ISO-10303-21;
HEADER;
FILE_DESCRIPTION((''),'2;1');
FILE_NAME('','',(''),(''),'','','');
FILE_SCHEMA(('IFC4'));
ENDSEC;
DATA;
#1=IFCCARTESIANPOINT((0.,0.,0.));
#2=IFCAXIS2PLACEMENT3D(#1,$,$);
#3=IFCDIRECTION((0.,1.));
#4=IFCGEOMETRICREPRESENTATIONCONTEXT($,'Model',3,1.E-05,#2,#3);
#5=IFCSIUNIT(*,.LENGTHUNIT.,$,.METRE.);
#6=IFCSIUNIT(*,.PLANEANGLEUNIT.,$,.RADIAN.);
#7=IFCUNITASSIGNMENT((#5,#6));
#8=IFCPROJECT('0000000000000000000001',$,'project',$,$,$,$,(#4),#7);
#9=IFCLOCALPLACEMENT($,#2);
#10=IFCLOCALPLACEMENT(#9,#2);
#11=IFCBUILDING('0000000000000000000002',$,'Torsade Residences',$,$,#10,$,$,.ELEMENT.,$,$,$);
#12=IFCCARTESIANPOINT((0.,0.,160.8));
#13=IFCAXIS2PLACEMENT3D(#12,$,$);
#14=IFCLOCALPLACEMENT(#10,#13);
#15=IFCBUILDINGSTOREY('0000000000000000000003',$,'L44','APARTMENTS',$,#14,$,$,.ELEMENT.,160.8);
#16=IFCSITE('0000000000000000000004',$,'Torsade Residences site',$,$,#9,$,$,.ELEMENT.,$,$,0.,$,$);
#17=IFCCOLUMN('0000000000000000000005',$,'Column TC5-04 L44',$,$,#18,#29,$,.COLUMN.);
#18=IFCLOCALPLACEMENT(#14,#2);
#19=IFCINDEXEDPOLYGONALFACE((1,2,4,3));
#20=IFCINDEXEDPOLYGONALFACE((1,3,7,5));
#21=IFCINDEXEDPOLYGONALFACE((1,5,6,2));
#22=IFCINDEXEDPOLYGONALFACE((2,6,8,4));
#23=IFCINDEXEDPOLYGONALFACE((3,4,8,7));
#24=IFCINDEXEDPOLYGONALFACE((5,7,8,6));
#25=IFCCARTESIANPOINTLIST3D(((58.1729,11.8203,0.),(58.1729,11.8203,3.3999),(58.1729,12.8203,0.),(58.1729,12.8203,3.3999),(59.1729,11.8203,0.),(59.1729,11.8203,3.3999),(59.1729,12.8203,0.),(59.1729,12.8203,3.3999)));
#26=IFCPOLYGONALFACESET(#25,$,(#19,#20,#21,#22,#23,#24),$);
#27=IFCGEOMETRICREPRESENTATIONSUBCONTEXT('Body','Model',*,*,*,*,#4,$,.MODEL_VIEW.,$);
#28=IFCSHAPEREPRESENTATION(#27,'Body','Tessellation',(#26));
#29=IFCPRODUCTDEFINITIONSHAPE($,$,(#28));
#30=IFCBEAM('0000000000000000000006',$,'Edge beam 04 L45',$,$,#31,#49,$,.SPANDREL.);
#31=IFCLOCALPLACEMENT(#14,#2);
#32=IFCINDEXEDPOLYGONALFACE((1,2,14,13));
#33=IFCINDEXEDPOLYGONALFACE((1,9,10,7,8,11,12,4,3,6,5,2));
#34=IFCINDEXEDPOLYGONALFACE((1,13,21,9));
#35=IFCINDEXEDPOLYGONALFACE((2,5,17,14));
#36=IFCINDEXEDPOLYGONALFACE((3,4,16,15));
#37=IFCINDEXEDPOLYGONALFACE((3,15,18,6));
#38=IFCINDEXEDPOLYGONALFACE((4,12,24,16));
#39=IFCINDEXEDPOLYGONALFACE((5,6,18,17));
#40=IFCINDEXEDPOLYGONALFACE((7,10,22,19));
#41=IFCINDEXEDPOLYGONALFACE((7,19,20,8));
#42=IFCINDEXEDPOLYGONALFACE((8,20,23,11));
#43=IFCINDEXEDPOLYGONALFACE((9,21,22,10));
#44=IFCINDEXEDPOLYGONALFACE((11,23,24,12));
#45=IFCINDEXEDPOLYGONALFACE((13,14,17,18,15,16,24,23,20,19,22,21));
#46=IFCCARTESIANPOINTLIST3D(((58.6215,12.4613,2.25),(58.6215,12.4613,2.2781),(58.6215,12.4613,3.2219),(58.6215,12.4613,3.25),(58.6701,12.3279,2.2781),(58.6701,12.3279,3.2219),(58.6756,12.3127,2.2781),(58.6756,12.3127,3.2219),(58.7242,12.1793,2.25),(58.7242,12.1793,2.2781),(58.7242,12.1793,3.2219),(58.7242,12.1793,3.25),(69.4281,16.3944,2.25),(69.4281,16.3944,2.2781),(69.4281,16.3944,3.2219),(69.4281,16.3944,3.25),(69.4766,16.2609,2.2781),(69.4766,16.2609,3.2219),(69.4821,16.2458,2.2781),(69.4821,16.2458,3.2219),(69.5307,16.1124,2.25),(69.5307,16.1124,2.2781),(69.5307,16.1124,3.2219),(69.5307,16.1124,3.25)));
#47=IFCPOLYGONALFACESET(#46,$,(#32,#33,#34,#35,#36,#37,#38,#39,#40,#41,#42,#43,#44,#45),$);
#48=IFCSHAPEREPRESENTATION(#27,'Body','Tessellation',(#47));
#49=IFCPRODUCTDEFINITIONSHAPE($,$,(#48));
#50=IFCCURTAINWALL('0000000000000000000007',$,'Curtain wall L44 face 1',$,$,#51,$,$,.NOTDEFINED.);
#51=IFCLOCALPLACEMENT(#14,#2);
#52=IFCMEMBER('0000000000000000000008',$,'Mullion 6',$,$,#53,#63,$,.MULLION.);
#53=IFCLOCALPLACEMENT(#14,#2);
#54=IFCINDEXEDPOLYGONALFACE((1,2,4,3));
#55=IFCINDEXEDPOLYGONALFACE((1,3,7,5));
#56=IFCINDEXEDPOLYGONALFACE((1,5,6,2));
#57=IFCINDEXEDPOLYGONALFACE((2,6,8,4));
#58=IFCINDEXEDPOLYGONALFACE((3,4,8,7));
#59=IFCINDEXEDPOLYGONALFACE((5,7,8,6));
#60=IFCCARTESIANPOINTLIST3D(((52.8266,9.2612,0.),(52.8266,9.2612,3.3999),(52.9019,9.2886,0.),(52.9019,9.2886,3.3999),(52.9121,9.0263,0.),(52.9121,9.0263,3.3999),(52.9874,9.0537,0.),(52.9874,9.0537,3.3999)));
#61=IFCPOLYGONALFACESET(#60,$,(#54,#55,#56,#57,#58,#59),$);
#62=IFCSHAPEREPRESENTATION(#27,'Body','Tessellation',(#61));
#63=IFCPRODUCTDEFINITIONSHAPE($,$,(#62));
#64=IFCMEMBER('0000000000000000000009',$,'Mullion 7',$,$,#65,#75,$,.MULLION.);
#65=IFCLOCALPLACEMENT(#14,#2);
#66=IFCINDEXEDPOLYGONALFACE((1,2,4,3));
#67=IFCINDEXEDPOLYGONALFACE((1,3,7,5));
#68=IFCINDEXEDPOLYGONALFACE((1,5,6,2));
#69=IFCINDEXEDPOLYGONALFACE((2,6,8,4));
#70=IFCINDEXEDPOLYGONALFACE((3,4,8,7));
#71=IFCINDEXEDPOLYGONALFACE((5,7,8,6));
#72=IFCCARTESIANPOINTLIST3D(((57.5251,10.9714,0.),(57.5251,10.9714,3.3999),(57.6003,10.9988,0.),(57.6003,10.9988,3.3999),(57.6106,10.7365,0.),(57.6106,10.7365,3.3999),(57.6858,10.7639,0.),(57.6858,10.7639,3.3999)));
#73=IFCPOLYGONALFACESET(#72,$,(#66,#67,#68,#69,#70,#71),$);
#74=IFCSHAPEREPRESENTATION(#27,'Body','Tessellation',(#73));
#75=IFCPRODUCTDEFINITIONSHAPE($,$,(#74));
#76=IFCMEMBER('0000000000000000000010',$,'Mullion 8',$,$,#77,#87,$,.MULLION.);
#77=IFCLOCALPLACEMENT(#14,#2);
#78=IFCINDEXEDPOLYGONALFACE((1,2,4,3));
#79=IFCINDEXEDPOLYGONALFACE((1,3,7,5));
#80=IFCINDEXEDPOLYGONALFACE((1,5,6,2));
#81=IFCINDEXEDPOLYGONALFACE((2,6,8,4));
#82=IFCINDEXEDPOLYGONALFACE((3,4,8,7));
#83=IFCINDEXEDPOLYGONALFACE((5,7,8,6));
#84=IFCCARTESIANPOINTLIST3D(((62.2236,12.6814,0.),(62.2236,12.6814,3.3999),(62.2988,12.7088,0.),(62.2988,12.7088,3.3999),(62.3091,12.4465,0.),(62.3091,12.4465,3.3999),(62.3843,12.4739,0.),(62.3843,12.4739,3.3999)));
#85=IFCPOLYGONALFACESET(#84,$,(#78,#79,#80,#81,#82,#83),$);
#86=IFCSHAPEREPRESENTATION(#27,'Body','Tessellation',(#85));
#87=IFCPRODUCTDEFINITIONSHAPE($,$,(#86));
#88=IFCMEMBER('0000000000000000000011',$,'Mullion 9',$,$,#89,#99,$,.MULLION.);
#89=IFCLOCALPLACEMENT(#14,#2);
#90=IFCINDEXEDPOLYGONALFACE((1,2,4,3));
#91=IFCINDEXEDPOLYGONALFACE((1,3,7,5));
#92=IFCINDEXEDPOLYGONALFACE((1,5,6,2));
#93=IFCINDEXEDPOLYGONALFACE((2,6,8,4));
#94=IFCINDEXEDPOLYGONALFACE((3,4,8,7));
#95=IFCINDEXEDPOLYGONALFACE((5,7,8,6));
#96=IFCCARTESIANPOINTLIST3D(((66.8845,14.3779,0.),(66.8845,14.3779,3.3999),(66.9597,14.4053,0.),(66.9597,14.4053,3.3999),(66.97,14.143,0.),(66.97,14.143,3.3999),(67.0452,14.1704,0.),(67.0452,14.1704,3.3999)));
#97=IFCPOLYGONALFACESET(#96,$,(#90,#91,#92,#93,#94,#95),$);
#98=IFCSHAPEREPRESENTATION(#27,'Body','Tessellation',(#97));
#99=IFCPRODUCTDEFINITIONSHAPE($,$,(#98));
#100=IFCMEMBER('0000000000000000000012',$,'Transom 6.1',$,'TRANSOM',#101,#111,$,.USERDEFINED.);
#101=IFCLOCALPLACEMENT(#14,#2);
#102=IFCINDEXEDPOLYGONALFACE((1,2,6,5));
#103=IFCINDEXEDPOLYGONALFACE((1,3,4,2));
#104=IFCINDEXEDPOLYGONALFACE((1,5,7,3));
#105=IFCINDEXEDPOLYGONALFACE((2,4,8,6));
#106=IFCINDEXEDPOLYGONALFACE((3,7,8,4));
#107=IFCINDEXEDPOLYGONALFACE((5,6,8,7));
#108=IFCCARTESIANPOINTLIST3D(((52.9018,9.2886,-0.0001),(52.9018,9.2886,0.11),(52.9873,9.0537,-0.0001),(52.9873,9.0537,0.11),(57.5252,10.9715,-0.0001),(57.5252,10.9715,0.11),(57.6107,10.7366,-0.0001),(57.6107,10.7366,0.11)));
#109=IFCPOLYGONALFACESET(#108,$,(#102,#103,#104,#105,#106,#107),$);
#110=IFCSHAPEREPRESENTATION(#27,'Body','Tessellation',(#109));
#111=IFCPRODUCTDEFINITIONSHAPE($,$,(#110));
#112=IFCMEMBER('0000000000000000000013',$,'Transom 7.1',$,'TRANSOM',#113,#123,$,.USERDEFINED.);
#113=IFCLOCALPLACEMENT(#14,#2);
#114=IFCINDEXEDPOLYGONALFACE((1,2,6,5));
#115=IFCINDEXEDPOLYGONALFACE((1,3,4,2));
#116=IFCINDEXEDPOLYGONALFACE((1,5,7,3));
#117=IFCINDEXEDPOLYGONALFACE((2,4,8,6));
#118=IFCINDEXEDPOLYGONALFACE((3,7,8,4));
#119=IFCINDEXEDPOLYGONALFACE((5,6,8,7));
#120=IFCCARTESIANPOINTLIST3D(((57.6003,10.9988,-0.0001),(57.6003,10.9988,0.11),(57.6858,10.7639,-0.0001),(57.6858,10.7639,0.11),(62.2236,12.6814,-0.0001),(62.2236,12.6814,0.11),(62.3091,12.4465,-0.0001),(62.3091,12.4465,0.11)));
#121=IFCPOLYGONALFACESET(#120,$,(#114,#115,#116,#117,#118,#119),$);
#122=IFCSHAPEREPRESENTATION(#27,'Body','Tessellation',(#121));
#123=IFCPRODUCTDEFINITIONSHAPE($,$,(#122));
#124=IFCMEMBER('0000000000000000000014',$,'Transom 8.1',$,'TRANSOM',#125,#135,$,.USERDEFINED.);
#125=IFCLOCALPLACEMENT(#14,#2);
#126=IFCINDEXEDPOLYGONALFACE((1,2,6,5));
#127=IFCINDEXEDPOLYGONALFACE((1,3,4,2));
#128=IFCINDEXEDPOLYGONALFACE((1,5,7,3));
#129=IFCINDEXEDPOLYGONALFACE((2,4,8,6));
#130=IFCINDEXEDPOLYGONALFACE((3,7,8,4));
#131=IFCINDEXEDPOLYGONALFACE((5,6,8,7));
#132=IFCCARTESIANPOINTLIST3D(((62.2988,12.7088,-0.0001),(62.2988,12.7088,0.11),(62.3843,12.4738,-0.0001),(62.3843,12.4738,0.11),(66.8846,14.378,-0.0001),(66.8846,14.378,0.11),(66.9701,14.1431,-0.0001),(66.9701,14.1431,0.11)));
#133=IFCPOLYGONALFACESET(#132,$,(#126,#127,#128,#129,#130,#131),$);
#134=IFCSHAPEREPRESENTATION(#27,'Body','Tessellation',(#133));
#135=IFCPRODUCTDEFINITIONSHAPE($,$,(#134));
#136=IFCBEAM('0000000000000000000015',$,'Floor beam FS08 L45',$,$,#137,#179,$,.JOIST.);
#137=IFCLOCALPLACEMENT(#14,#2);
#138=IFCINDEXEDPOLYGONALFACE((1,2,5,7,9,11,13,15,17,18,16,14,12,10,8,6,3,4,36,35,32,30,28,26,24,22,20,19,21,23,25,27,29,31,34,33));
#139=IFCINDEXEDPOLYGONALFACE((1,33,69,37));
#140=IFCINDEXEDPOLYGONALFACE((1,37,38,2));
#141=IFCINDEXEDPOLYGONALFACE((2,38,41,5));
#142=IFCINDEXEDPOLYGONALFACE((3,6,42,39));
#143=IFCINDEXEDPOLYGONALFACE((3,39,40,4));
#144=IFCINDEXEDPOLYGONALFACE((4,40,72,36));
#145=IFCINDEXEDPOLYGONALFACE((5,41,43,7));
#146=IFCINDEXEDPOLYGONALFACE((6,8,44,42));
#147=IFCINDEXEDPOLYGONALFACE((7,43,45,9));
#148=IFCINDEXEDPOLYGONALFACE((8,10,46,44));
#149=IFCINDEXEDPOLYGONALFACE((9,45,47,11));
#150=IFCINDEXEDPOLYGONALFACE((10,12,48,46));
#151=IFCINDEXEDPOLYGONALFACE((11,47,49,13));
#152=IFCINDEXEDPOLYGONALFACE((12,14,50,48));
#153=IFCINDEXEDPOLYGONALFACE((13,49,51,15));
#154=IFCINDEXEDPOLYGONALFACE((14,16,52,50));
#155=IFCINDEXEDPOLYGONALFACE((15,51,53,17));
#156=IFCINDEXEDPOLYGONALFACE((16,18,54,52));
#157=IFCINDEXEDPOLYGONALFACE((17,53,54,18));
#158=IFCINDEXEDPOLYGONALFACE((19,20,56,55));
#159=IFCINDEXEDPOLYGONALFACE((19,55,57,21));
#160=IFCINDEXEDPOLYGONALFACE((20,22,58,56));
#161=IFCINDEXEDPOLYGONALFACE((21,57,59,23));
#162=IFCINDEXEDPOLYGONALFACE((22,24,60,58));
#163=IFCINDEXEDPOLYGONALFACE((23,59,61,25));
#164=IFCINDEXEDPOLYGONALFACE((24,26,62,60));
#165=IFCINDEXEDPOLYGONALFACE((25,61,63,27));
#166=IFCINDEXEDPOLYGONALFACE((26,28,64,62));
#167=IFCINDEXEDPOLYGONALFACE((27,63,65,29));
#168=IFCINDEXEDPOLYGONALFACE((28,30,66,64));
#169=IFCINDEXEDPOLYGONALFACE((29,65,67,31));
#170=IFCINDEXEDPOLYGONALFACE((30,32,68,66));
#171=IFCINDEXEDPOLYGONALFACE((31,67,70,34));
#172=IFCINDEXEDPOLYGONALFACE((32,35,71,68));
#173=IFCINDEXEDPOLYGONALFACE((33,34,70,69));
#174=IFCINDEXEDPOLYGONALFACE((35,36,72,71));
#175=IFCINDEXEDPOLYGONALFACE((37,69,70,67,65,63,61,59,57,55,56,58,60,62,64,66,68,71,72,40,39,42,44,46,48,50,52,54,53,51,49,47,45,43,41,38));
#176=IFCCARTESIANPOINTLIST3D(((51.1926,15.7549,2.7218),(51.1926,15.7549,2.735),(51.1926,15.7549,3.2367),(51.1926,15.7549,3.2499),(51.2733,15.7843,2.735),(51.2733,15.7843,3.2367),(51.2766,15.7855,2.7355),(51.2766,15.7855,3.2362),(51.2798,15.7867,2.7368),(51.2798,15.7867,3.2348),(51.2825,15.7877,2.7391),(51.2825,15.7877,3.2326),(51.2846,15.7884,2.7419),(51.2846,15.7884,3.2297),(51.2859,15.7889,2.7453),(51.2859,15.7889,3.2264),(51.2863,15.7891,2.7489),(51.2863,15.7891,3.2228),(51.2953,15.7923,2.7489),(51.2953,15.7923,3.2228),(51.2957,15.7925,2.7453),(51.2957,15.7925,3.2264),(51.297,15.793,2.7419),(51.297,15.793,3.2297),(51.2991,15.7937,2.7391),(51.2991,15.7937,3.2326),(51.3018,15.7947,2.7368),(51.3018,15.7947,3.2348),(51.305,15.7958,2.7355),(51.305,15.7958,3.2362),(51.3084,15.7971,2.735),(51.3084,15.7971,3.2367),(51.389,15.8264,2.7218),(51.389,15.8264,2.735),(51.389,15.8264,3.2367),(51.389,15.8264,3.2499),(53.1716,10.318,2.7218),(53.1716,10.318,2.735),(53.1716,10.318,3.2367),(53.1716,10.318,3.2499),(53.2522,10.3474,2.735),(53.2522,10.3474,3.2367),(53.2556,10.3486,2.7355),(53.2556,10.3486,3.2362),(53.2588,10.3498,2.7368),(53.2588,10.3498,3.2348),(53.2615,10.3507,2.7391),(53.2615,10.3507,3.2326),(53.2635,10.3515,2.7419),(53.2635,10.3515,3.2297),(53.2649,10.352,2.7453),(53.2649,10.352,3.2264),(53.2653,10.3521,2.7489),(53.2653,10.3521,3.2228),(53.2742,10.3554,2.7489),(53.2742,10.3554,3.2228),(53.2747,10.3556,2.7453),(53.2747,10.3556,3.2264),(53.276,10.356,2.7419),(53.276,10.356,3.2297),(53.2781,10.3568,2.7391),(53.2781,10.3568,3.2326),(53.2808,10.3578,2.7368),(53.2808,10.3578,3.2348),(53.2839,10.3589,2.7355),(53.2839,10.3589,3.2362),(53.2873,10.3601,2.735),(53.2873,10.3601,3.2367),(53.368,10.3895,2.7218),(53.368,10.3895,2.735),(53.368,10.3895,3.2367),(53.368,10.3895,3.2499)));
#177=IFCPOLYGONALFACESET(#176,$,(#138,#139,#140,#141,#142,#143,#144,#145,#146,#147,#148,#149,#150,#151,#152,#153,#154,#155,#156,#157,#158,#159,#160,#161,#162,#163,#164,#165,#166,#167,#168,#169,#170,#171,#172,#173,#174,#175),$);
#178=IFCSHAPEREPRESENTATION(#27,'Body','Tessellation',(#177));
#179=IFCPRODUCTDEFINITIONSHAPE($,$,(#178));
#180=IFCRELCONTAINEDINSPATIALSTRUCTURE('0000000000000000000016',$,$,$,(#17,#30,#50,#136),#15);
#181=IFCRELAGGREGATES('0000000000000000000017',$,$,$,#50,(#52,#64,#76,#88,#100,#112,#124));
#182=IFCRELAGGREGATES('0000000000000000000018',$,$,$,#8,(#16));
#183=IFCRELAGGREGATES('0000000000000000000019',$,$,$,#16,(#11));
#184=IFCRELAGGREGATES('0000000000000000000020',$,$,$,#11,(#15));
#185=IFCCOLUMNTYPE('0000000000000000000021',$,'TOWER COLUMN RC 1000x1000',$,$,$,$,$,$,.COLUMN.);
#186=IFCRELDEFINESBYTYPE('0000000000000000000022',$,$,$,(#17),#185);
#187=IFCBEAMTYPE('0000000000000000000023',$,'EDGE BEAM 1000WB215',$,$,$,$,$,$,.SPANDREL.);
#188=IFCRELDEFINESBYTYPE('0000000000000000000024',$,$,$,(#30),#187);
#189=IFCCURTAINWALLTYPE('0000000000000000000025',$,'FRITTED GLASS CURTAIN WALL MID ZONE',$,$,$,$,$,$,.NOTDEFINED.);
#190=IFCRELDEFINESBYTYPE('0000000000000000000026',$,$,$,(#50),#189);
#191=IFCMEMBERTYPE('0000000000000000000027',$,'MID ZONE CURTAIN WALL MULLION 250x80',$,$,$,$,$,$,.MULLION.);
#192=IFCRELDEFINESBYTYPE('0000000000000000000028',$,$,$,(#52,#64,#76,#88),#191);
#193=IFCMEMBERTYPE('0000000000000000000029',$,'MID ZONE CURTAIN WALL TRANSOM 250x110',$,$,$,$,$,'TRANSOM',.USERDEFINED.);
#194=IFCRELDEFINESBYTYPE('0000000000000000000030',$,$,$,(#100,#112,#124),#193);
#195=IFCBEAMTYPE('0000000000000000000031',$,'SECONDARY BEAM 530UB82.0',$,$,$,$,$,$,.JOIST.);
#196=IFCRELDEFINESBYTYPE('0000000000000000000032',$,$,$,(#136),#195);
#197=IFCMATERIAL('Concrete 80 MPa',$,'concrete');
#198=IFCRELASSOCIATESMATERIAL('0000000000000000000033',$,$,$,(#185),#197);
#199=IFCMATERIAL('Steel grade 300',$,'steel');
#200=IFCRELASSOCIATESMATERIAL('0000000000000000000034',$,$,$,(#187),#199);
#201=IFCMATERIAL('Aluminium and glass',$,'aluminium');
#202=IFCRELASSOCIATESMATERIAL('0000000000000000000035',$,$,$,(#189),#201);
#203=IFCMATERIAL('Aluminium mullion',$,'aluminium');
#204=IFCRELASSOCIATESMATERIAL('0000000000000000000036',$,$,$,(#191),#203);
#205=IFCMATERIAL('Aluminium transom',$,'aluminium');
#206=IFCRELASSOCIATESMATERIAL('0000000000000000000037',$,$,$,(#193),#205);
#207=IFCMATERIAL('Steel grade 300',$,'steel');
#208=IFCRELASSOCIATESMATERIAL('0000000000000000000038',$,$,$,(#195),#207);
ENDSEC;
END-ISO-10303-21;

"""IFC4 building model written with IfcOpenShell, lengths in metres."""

from ifc_helpers import new_model, si_unit, direction, frame, origin, origin_2d, place, context, subcontext, project, spatial, rectangle, i_section, extrude, material, material_profile, profile_set, type_object, element, aggregate, save


model = new_model("IFC4")

# Units and contexts
model_context = context("Model", 3, precision=1e-05, world=origin(), true_north=direction((0.0, 1.0)))
body_context = subcontext(model_context, "Body", "Model", "MODEL_VIEW")
ifc_project = project(units=[si_unit("LENGTHUNIT", "METRE"), si_unit("PLANEANGLEUNIT", "RADIAN")], contexts=[model_context])

# Site, building, storey
site_placement = place(None, origin())
site = spatial("IfcSite", under=ifc_project, at=site_placement, Name="Torsade Residences site", CompositionType="ELEMENT", RefElevation=0.0)
building_placement = place(site_placement, origin())
building = spatial("IfcBuilding", under=site, at=building_placement, Name="Torsade Residences", CompositionType="ELEMENT")
storey_placement = place(building_placement, frame((0.0, 0.0, 160.8)))
storey = spatial("IfcBuildingStorey", under=building, at=storey_placement, Name="L44", Description="APARTMENTS", CompositionType="ELEMENT", Elevation=160.8)

# Column
ifc_material_1 = material(Name="Concrete 80 MPa", Category="concrete")
ifc_material_profile_1 = material_profile(ifc_material_1, rectangle(XDim=1.0, YDim=1.0, at=origin_2d()), Name="RC 1000x1000")
ifc_profile_set_1 = profile_set([ifc_material_profile_1], Name="Concrete 80 MPa")
column_type = type_object("IfcColumnType", Name="TOWER COLUMN RC 1000x1000", PredefinedType="COLUMN", material=ifc_profile_set_1)
column_placement = place(storey_placement, frame((58.6729, 12.3203, 0.0), z_axis=(0.0, 0.0, 1.0), x_axis=(1.0, 0.0, 0.0)))
element("IfcColumn", 1, at=column_placement, inside=storey, type_object=column_type, Name="Column TC5-04 L44", PredefinedType="COLUMN", context=body_context, shape_type="SweptSolid", body=[
    extrude(rectangle(XDim=1.0, YDim=1.0, at=origin_2d()), origin(), (0.0, 0.0, 1.0), 3.3999),
])

# Beam
ifc_material_2 = material(Name="Steel grade 300", Category="steel")
ifc_material_profile_2 = material_profile(ifc_material_2, i_section(OverallWidth=0.3, OverallDepth=1.0, WebThickness=0.0161, FlangeThickness=0.0281, at=origin_2d()), Name="1000WB215")
ifc_profile_set_2 = profile_set([ifc_material_profile_2], Name="Steel grade 300")
beam_type_1 = type_object("IfcBeamType", Name="EDGE BEAM 1000WB215", PredefinedType="SPANDREL", material=ifc_profile_set_2)
beam_1_placement = place(storey_placement, frame((58.6729, 12.3203, 2.75), z_axis=(0.939698, 0.342006, 0.0), x_axis=(-0.342006, 0.939698, 0.0)))
element("IfcBeam", 2, at=beam_1_placement, inside=storey, type_object=beam_type_1, Name="Edge beam 04 L45", PredefinedType="SPANDREL", context=body_context, shape_type="SweptSolid", body=[
    extrude(i_section(OverallWidth=0.3, OverallDepth=1.0, WebThickness=0.0161, FlangeThickness=0.0281, at=origin_2d()), origin(), (0.0, 0.0, 1.0), 11.5),
])

# Curtain wall, members
ifc_material_3 = material(Name="Aluminium and glass", Category="aluminium")
curtain_wall_type = type_object("IfcCurtainWallType", Name="FRITTED GLASS CURTAIN WALL MID ZONE", PredefinedType="NOTDEFINED", material=ifc_material_3)
curtain_wall_placement = place(storey_placement, origin())
curtain_wall = element("IfcCurtainWall", 3, at=curtain_wall_placement, inside=storey, type_object=curtain_wall_type, Name="Curtain wall L44 face 1", PredefinedType="NOTDEFINED")
ifc_material_4 = material(Name="Aluminium mullion", Category="aluminium")
ifc_material_profile_3 = material_profile(ifc_material_4, rectangle(XDim=0.25, YDim=0.0801, at=origin_2d()), Name="MID ZONE CURTAIN WALL MULLION 250x80")
ifc_profile_set_3 = profile_set([ifc_material_profile_3], Name="Aluminium mullion")
member_type_1 = type_object("IfcMemberType", Name="MID ZONE CURTAIN WALL MULLION 250x80", PredefinedType="MULLION", material=ifc_profile_set_3)
member_1_placement = place(storey_placement, frame((52.907, 9.1575, 0.0), z_axis=(0.0, 0.0, 1.0), x_axis=(-0.34202, 0.939693, 0.0)))
member_1 = element("IfcMember", 4, at=member_1_placement, type_object=member_type_1, Name="Mullion 6", PredefinedType="MULLION", context=body_context, shape_type="SweptSolid", body=[
    extrude(rectangle(XDim=0.25, YDim=0.0801, at=origin_2d()), origin(), (0.0, 0.0, 1.0), 3.3999),
])
member_2_placement = place(storey_placement, frame((57.6055, 10.8677, 0.0), z_axis=(0.0, 0.0, 1.0), x_axis=(-0.34202, 0.939693, 0.0)))
member_2 = element("IfcMember", 5, at=member_2_placement, type_object=member_type_1, Name="Mullion 7", PredefinedType="MULLION", context=body_context, shape_type="SweptSolid", body=[
    extrude(rectangle(XDim=0.25, YDim=0.0801, at=origin_2d()), origin(), (0.0, 0.0, 1.0), 3.3999),
])
member_3_placement = place(storey_placement, frame((62.304, 12.5776, 0.0), z_axis=(0.0, 0.0, 1.0), x_axis=(-0.34202, 0.939693, 0.0)))
member_3 = element("IfcMember", 6, at=member_3_placement, type_object=member_type_1, Name="Mullion 8", PredefinedType="MULLION", context=body_context, shape_type="SweptSolid", body=[
    extrude(rectangle(XDim=0.25, YDim=0.0801, at=origin_2d()), origin(), (0.0, 0.0, 1.0), 3.3999),
])
member_4_placement = place(storey_placement, frame((66.9648, 14.2742, 0.0), z_axis=(0.0, 0.0, 1.0), x_axis=(-0.34202, 0.939693, 0.0)))
member_4 = element("IfcMember", 7, at=member_4_placement, type_object=member_type_1, Name="Mullion 9", PredefinedType="MULLION", context=body_context, shape_type="SweptSolid", body=[
    extrude(rectangle(XDim=0.25, YDim=0.0801, at=origin_2d()), origin(), (0.0, 0.0, 1.0), 3.3999),
])
ifc_material_5 = material(Name="Aluminium transom", Category="aluminium")
ifc_material_profile_4 = material_profile(ifc_material_5, rectangle(XDim=0.25, YDim=0.1101, at=origin_2d()), Name="MID ZONE CURTAIN WALL TRANSOM 250x110")
ifc_profile_set_4 = profile_set([ifc_material_profile_4], Name="Aluminium transom")
member_type_2 = type_object("IfcMemberType", Name="MID ZONE CURTAIN WALL TRANSOM 250x110", ElementType="TRANSOM", PredefinedType="USERDEFINED", material=ifc_profile_set_4)
member_5_placement = place(storey_placement, frame((52.9446, 9.1711, 0.0549), z_axis=(0.939685, 0.342042, 0.0), x_axis=(-0.342042, 0.939685, 0.0)))
member_5 = element("IfcMember", 8, at=member_5_placement, type_object=member_type_2, Name="Transom 6.1", ObjectType="TRANSOM", PredefinedType="USERDEFINED", context=body_context, shape_type="SweptSolid", body=[
    extrude(rectangle(XDim=0.25, YDim=0.1101, at=origin_2d()), origin(), (0.0, 0.0, 1.0), 4.9202),
])
member_6_placement = place(storey_placement, frame((57.6431, 10.8813, 0.0549), z_axis=(0.939701, 0.341998, 0.0), x_axis=(-0.341998, 0.939701, 0.0)))
member_6 = element("IfcMember", 9, at=member_6_placement, type_object=member_type_2, Name="Transom 7.1", ObjectType="TRANSOM", PredefinedType="USERDEFINED", context=body_context, shape_type="SweptSolid", body=[
    extrude(rectangle(XDim=0.25, YDim=0.1101, at=origin_2d()), origin(), (0.0, 0.0, 1.0), 4.9199),
])
member_7_placement = place(storey_placement, frame((62.3416, 12.5913, 0.0549), z_axis=(0.939684, 0.342044, 0.0), x_axis=(-0.342044, 0.939684, 0.0)))
member_7 = element("IfcMember", 10, at=member_7_placement, type_object=member_type_2, Name="Transom 8.1", ObjectType="TRANSOM", PredefinedType="USERDEFINED", context=body_context, shape_type="SweptSolid", body=[
    extrude(rectangle(XDim=0.25, YDim=0.1101, at=origin_2d()), origin(), (0.0, 0.0, 1.0), 4.8801),
])

# Beam
ifc_material_6 = material(Name="Steel grade 300", Category="steel")
ifc_material_profile_5 = material_profile(ifc_material_6, i_section(OverallWidth=0.209, OverallDepth=0.5281, WebThickness=0.0095, FlangeThickness=0.0132, FilletRadius=0.0139, at=origin_2d()), Name="530UB82.0")
ifc_profile_set_5 = profile_set([ifc_material_profile_5], Name="Steel grade 300")
beam_type_2 = type_object("IfcBeamType", Name="SECONDARY BEAM 530UB82.0", PredefinedType="JOIST", material=ifc_profile_set_5)
beam_2_placement = place(storey_placement, frame((53.2698, 10.3538, 2.9858), z_axis=(-0.342034, 0.939687, 0.0), x_axis=(-0.939687, -0.342034, 0.0)))
element("IfcBeam", 11, at=beam_2_placement, inside=storey, type_object=beam_type_2, Name="Floor beam FS08 L45", PredefinedType="JOIST", context=body_context, shape_type="SweptSolid", body=[
    extrude(i_section(OverallWidth=0.209, OverallDepth=0.5281, WebThickness=0.0095, FlangeThickness=0.0132, FilletRadius=0.0139, at=origin_2d()), origin(), (0.0, 0.0, 1.0), 5.7859),
])

aggregate(curtain_wall, [member_1, member_2, member_3, member_4, member_5, member_6, member_7])

save(model, "model.ifc")
